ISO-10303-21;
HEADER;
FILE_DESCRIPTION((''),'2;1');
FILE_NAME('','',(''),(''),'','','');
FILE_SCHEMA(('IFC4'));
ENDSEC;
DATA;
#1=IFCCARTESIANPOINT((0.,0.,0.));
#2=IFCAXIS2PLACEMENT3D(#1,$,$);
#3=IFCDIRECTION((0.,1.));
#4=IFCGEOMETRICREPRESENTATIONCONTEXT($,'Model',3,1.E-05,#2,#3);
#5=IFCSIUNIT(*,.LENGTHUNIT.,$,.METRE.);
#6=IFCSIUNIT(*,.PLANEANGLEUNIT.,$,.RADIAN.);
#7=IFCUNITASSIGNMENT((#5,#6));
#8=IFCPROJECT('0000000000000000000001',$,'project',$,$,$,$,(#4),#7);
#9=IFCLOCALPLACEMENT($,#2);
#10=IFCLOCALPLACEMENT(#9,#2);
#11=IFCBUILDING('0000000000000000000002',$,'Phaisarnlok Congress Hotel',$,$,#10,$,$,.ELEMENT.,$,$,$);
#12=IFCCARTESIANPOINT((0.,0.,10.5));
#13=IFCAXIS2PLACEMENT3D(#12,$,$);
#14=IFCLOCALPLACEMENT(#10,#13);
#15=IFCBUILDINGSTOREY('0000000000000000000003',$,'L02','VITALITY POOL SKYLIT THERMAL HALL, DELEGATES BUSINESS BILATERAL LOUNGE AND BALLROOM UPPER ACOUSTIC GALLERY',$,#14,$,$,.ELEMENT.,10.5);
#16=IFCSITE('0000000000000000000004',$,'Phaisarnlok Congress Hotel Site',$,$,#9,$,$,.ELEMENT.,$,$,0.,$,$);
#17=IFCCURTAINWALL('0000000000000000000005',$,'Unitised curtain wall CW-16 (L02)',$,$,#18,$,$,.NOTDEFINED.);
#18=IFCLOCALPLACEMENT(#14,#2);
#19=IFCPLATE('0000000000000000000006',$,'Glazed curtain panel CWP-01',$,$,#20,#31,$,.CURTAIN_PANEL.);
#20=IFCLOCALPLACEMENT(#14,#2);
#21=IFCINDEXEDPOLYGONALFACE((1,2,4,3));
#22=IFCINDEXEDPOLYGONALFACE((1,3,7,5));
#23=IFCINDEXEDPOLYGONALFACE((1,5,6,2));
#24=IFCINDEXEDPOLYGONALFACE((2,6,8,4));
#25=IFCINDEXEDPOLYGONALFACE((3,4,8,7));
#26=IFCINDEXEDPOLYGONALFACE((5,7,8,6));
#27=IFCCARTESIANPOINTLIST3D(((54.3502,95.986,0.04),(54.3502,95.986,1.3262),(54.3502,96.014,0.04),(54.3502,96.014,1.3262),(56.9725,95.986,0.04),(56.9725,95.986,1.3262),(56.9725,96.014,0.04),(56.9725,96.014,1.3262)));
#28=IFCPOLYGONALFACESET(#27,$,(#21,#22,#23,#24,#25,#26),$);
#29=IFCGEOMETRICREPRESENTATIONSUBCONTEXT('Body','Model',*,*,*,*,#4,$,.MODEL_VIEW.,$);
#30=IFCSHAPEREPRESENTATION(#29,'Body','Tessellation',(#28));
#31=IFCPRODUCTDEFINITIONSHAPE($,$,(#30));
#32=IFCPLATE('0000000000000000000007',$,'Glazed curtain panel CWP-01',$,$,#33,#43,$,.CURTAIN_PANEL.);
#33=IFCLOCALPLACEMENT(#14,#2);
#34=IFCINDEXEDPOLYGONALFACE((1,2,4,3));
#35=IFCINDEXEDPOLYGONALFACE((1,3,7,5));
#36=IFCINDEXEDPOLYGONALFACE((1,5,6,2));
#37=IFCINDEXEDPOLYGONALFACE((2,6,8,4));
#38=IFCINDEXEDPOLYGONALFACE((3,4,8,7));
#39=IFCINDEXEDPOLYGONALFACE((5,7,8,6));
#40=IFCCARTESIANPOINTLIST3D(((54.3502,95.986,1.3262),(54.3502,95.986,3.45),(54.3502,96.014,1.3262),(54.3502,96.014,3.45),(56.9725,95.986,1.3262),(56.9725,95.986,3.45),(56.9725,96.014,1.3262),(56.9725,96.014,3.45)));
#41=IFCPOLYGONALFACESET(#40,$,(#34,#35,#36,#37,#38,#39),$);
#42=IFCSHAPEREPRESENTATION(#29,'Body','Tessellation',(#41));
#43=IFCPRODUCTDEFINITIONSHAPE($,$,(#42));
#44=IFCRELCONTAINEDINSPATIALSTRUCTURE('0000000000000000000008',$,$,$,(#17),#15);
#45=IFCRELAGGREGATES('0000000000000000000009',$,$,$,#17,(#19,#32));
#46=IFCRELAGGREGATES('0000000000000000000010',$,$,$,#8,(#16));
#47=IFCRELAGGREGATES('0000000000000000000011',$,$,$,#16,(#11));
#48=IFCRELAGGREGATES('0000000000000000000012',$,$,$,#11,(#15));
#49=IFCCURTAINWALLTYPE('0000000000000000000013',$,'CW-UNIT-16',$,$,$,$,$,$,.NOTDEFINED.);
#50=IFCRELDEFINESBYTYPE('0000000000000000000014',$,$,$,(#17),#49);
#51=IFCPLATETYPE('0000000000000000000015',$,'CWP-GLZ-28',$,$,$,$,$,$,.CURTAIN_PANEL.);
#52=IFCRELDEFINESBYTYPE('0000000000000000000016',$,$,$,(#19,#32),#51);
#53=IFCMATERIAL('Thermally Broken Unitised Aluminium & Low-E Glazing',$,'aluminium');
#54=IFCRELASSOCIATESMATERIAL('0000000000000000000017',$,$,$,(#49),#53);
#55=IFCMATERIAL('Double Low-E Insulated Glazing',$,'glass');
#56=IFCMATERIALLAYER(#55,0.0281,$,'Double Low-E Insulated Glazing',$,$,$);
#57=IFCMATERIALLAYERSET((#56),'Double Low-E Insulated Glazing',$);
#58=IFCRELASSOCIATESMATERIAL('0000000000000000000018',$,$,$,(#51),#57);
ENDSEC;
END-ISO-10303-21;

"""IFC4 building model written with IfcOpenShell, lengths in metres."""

from ifc_helpers import new_model, si_unit, direction, frame, frame_2d, origin, place, context, subcontext, project, spatial, rectangle, extrude, material, layer, layer_set, type_object, element, aggregate, save


model = new_model("IFC4")

# Units and contexts
model_context = context("Model", 3, precision=1e-05, world=origin(), true_north=direction((0.0, 1.0)))
body_context = subcontext(model_context, "Body", "Model", "MODEL_VIEW")
ifc_project = project(units=[si_unit("LENGTHUNIT", "METRE"), si_unit("PLANEANGLEUNIT", "RADIAN")], contexts=[model_context])

# Site, building, storey
site_placement = place(None, origin())
site = spatial("IfcSite", under=ifc_project, at=site_placement, Name="Phaisarnlok Congress Hotel Site", CompositionType="ELEMENT", RefElevation=0.0)
building_placement = place(site_placement, origin())
building = spatial("IfcBuilding", under=site, at=building_placement, Name="Phaisarnlok Congress Hotel", CompositionType="ELEMENT")
storey_placement = place(building_placement, frame((0.0, 0.0, 10.5)))
storey = spatial("IfcBuildingStorey", under=building, at=storey_placement, Name="L02", Description="VITALITY POOL SKYLIT THERMAL HALL, DELEGATES BUSINESS BILATERAL LOUNGE AND BALLROOM UPPER ACOUSTIC GALLERY", CompositionType="ELEMENT", Elevation=10.5)

# Curtain wall
ifc_material_1 = material(Name="Thermally Broken Unitised Aluminium & Low-E Glazing", Category="aluminium")
curtain_wall_type_1 = type_object("IfcCurtainWallType", Name="CW-UNIT-16", PredefinedType="NOTDEFINED", material=ifc_material_1)
curtain_wall_1_placement = place(storey_placement, origin())
curtain_wall_1 = element("IfcCurtainWall", 1, at=curtain_wall_1_placement, inside=storey, type_object=curtain_wall_type_1, Name="Unitised curtain wall CW-16 (L02)", PredefinedType="NOTDEFINED")

# Plates
ifc_material_2 = material(Name="Double Low-E Insulated Glazing", Category="glass")
ifc_layer = layer(ifc_material_2, 0.0281, Name="Double Low-E Insulated Glazing")
ifc_layer_set = layer_set([ifc_layer], Name="Double Low-E Insulated Glazing")
plate_type = type_object("IfcPlateType", Name="CWP-GLZ-28", PredefinedType="CURTAIN_PANEL", material=ifc_layer_set)
plate_1_placement = place(storey_placement, frame((56.9724, 96.0, 0.04), z_axis=(0.0, 0.0, 1.0), x_axis=(-1.0, 0.0, 0.0)))
plate_1 = element("IfcPlate", 2, at=plate_1_placement, type_object=plate_type, Name="Glazed curtain panel CWP-01", PredefinedType="CURTAIN_PANEL", context=body_context, shape_type="SweptSolid", body=[
    extrude(rectangle(XDim=2.6223, YDim=0.0281, at=frame_2d((1.311, 0.0))), origin(), (0.0, 0.0, 1.0), 1.2861),
])
plate_2_placement = place(storey_placement, frame((56.9724, 96.0, 1.3262), z_axis=(0.0, 0.0, 1.0), x_axis=(-1.0, 0.0, 0.0)))
plate_2 = element("IfcPlate", 3, at=plate_2_placement, type_object=plate_type, Name="Glazed curtain panel CWP-01", PredefinedType="CURTAIN_PANEL", context=body_context, shape_type="SweptSolid", body=[
    extrude(rectangle(XDim=2.6223, YDim=0.0281, at=frame_2d((1.311, 0.0))), origin(), (0.0, 0.0, 1.0), 2.1238),
])
aggregate(curtain_wall_1, [plate_1, plate_2])

save(model, "model.ifc")
